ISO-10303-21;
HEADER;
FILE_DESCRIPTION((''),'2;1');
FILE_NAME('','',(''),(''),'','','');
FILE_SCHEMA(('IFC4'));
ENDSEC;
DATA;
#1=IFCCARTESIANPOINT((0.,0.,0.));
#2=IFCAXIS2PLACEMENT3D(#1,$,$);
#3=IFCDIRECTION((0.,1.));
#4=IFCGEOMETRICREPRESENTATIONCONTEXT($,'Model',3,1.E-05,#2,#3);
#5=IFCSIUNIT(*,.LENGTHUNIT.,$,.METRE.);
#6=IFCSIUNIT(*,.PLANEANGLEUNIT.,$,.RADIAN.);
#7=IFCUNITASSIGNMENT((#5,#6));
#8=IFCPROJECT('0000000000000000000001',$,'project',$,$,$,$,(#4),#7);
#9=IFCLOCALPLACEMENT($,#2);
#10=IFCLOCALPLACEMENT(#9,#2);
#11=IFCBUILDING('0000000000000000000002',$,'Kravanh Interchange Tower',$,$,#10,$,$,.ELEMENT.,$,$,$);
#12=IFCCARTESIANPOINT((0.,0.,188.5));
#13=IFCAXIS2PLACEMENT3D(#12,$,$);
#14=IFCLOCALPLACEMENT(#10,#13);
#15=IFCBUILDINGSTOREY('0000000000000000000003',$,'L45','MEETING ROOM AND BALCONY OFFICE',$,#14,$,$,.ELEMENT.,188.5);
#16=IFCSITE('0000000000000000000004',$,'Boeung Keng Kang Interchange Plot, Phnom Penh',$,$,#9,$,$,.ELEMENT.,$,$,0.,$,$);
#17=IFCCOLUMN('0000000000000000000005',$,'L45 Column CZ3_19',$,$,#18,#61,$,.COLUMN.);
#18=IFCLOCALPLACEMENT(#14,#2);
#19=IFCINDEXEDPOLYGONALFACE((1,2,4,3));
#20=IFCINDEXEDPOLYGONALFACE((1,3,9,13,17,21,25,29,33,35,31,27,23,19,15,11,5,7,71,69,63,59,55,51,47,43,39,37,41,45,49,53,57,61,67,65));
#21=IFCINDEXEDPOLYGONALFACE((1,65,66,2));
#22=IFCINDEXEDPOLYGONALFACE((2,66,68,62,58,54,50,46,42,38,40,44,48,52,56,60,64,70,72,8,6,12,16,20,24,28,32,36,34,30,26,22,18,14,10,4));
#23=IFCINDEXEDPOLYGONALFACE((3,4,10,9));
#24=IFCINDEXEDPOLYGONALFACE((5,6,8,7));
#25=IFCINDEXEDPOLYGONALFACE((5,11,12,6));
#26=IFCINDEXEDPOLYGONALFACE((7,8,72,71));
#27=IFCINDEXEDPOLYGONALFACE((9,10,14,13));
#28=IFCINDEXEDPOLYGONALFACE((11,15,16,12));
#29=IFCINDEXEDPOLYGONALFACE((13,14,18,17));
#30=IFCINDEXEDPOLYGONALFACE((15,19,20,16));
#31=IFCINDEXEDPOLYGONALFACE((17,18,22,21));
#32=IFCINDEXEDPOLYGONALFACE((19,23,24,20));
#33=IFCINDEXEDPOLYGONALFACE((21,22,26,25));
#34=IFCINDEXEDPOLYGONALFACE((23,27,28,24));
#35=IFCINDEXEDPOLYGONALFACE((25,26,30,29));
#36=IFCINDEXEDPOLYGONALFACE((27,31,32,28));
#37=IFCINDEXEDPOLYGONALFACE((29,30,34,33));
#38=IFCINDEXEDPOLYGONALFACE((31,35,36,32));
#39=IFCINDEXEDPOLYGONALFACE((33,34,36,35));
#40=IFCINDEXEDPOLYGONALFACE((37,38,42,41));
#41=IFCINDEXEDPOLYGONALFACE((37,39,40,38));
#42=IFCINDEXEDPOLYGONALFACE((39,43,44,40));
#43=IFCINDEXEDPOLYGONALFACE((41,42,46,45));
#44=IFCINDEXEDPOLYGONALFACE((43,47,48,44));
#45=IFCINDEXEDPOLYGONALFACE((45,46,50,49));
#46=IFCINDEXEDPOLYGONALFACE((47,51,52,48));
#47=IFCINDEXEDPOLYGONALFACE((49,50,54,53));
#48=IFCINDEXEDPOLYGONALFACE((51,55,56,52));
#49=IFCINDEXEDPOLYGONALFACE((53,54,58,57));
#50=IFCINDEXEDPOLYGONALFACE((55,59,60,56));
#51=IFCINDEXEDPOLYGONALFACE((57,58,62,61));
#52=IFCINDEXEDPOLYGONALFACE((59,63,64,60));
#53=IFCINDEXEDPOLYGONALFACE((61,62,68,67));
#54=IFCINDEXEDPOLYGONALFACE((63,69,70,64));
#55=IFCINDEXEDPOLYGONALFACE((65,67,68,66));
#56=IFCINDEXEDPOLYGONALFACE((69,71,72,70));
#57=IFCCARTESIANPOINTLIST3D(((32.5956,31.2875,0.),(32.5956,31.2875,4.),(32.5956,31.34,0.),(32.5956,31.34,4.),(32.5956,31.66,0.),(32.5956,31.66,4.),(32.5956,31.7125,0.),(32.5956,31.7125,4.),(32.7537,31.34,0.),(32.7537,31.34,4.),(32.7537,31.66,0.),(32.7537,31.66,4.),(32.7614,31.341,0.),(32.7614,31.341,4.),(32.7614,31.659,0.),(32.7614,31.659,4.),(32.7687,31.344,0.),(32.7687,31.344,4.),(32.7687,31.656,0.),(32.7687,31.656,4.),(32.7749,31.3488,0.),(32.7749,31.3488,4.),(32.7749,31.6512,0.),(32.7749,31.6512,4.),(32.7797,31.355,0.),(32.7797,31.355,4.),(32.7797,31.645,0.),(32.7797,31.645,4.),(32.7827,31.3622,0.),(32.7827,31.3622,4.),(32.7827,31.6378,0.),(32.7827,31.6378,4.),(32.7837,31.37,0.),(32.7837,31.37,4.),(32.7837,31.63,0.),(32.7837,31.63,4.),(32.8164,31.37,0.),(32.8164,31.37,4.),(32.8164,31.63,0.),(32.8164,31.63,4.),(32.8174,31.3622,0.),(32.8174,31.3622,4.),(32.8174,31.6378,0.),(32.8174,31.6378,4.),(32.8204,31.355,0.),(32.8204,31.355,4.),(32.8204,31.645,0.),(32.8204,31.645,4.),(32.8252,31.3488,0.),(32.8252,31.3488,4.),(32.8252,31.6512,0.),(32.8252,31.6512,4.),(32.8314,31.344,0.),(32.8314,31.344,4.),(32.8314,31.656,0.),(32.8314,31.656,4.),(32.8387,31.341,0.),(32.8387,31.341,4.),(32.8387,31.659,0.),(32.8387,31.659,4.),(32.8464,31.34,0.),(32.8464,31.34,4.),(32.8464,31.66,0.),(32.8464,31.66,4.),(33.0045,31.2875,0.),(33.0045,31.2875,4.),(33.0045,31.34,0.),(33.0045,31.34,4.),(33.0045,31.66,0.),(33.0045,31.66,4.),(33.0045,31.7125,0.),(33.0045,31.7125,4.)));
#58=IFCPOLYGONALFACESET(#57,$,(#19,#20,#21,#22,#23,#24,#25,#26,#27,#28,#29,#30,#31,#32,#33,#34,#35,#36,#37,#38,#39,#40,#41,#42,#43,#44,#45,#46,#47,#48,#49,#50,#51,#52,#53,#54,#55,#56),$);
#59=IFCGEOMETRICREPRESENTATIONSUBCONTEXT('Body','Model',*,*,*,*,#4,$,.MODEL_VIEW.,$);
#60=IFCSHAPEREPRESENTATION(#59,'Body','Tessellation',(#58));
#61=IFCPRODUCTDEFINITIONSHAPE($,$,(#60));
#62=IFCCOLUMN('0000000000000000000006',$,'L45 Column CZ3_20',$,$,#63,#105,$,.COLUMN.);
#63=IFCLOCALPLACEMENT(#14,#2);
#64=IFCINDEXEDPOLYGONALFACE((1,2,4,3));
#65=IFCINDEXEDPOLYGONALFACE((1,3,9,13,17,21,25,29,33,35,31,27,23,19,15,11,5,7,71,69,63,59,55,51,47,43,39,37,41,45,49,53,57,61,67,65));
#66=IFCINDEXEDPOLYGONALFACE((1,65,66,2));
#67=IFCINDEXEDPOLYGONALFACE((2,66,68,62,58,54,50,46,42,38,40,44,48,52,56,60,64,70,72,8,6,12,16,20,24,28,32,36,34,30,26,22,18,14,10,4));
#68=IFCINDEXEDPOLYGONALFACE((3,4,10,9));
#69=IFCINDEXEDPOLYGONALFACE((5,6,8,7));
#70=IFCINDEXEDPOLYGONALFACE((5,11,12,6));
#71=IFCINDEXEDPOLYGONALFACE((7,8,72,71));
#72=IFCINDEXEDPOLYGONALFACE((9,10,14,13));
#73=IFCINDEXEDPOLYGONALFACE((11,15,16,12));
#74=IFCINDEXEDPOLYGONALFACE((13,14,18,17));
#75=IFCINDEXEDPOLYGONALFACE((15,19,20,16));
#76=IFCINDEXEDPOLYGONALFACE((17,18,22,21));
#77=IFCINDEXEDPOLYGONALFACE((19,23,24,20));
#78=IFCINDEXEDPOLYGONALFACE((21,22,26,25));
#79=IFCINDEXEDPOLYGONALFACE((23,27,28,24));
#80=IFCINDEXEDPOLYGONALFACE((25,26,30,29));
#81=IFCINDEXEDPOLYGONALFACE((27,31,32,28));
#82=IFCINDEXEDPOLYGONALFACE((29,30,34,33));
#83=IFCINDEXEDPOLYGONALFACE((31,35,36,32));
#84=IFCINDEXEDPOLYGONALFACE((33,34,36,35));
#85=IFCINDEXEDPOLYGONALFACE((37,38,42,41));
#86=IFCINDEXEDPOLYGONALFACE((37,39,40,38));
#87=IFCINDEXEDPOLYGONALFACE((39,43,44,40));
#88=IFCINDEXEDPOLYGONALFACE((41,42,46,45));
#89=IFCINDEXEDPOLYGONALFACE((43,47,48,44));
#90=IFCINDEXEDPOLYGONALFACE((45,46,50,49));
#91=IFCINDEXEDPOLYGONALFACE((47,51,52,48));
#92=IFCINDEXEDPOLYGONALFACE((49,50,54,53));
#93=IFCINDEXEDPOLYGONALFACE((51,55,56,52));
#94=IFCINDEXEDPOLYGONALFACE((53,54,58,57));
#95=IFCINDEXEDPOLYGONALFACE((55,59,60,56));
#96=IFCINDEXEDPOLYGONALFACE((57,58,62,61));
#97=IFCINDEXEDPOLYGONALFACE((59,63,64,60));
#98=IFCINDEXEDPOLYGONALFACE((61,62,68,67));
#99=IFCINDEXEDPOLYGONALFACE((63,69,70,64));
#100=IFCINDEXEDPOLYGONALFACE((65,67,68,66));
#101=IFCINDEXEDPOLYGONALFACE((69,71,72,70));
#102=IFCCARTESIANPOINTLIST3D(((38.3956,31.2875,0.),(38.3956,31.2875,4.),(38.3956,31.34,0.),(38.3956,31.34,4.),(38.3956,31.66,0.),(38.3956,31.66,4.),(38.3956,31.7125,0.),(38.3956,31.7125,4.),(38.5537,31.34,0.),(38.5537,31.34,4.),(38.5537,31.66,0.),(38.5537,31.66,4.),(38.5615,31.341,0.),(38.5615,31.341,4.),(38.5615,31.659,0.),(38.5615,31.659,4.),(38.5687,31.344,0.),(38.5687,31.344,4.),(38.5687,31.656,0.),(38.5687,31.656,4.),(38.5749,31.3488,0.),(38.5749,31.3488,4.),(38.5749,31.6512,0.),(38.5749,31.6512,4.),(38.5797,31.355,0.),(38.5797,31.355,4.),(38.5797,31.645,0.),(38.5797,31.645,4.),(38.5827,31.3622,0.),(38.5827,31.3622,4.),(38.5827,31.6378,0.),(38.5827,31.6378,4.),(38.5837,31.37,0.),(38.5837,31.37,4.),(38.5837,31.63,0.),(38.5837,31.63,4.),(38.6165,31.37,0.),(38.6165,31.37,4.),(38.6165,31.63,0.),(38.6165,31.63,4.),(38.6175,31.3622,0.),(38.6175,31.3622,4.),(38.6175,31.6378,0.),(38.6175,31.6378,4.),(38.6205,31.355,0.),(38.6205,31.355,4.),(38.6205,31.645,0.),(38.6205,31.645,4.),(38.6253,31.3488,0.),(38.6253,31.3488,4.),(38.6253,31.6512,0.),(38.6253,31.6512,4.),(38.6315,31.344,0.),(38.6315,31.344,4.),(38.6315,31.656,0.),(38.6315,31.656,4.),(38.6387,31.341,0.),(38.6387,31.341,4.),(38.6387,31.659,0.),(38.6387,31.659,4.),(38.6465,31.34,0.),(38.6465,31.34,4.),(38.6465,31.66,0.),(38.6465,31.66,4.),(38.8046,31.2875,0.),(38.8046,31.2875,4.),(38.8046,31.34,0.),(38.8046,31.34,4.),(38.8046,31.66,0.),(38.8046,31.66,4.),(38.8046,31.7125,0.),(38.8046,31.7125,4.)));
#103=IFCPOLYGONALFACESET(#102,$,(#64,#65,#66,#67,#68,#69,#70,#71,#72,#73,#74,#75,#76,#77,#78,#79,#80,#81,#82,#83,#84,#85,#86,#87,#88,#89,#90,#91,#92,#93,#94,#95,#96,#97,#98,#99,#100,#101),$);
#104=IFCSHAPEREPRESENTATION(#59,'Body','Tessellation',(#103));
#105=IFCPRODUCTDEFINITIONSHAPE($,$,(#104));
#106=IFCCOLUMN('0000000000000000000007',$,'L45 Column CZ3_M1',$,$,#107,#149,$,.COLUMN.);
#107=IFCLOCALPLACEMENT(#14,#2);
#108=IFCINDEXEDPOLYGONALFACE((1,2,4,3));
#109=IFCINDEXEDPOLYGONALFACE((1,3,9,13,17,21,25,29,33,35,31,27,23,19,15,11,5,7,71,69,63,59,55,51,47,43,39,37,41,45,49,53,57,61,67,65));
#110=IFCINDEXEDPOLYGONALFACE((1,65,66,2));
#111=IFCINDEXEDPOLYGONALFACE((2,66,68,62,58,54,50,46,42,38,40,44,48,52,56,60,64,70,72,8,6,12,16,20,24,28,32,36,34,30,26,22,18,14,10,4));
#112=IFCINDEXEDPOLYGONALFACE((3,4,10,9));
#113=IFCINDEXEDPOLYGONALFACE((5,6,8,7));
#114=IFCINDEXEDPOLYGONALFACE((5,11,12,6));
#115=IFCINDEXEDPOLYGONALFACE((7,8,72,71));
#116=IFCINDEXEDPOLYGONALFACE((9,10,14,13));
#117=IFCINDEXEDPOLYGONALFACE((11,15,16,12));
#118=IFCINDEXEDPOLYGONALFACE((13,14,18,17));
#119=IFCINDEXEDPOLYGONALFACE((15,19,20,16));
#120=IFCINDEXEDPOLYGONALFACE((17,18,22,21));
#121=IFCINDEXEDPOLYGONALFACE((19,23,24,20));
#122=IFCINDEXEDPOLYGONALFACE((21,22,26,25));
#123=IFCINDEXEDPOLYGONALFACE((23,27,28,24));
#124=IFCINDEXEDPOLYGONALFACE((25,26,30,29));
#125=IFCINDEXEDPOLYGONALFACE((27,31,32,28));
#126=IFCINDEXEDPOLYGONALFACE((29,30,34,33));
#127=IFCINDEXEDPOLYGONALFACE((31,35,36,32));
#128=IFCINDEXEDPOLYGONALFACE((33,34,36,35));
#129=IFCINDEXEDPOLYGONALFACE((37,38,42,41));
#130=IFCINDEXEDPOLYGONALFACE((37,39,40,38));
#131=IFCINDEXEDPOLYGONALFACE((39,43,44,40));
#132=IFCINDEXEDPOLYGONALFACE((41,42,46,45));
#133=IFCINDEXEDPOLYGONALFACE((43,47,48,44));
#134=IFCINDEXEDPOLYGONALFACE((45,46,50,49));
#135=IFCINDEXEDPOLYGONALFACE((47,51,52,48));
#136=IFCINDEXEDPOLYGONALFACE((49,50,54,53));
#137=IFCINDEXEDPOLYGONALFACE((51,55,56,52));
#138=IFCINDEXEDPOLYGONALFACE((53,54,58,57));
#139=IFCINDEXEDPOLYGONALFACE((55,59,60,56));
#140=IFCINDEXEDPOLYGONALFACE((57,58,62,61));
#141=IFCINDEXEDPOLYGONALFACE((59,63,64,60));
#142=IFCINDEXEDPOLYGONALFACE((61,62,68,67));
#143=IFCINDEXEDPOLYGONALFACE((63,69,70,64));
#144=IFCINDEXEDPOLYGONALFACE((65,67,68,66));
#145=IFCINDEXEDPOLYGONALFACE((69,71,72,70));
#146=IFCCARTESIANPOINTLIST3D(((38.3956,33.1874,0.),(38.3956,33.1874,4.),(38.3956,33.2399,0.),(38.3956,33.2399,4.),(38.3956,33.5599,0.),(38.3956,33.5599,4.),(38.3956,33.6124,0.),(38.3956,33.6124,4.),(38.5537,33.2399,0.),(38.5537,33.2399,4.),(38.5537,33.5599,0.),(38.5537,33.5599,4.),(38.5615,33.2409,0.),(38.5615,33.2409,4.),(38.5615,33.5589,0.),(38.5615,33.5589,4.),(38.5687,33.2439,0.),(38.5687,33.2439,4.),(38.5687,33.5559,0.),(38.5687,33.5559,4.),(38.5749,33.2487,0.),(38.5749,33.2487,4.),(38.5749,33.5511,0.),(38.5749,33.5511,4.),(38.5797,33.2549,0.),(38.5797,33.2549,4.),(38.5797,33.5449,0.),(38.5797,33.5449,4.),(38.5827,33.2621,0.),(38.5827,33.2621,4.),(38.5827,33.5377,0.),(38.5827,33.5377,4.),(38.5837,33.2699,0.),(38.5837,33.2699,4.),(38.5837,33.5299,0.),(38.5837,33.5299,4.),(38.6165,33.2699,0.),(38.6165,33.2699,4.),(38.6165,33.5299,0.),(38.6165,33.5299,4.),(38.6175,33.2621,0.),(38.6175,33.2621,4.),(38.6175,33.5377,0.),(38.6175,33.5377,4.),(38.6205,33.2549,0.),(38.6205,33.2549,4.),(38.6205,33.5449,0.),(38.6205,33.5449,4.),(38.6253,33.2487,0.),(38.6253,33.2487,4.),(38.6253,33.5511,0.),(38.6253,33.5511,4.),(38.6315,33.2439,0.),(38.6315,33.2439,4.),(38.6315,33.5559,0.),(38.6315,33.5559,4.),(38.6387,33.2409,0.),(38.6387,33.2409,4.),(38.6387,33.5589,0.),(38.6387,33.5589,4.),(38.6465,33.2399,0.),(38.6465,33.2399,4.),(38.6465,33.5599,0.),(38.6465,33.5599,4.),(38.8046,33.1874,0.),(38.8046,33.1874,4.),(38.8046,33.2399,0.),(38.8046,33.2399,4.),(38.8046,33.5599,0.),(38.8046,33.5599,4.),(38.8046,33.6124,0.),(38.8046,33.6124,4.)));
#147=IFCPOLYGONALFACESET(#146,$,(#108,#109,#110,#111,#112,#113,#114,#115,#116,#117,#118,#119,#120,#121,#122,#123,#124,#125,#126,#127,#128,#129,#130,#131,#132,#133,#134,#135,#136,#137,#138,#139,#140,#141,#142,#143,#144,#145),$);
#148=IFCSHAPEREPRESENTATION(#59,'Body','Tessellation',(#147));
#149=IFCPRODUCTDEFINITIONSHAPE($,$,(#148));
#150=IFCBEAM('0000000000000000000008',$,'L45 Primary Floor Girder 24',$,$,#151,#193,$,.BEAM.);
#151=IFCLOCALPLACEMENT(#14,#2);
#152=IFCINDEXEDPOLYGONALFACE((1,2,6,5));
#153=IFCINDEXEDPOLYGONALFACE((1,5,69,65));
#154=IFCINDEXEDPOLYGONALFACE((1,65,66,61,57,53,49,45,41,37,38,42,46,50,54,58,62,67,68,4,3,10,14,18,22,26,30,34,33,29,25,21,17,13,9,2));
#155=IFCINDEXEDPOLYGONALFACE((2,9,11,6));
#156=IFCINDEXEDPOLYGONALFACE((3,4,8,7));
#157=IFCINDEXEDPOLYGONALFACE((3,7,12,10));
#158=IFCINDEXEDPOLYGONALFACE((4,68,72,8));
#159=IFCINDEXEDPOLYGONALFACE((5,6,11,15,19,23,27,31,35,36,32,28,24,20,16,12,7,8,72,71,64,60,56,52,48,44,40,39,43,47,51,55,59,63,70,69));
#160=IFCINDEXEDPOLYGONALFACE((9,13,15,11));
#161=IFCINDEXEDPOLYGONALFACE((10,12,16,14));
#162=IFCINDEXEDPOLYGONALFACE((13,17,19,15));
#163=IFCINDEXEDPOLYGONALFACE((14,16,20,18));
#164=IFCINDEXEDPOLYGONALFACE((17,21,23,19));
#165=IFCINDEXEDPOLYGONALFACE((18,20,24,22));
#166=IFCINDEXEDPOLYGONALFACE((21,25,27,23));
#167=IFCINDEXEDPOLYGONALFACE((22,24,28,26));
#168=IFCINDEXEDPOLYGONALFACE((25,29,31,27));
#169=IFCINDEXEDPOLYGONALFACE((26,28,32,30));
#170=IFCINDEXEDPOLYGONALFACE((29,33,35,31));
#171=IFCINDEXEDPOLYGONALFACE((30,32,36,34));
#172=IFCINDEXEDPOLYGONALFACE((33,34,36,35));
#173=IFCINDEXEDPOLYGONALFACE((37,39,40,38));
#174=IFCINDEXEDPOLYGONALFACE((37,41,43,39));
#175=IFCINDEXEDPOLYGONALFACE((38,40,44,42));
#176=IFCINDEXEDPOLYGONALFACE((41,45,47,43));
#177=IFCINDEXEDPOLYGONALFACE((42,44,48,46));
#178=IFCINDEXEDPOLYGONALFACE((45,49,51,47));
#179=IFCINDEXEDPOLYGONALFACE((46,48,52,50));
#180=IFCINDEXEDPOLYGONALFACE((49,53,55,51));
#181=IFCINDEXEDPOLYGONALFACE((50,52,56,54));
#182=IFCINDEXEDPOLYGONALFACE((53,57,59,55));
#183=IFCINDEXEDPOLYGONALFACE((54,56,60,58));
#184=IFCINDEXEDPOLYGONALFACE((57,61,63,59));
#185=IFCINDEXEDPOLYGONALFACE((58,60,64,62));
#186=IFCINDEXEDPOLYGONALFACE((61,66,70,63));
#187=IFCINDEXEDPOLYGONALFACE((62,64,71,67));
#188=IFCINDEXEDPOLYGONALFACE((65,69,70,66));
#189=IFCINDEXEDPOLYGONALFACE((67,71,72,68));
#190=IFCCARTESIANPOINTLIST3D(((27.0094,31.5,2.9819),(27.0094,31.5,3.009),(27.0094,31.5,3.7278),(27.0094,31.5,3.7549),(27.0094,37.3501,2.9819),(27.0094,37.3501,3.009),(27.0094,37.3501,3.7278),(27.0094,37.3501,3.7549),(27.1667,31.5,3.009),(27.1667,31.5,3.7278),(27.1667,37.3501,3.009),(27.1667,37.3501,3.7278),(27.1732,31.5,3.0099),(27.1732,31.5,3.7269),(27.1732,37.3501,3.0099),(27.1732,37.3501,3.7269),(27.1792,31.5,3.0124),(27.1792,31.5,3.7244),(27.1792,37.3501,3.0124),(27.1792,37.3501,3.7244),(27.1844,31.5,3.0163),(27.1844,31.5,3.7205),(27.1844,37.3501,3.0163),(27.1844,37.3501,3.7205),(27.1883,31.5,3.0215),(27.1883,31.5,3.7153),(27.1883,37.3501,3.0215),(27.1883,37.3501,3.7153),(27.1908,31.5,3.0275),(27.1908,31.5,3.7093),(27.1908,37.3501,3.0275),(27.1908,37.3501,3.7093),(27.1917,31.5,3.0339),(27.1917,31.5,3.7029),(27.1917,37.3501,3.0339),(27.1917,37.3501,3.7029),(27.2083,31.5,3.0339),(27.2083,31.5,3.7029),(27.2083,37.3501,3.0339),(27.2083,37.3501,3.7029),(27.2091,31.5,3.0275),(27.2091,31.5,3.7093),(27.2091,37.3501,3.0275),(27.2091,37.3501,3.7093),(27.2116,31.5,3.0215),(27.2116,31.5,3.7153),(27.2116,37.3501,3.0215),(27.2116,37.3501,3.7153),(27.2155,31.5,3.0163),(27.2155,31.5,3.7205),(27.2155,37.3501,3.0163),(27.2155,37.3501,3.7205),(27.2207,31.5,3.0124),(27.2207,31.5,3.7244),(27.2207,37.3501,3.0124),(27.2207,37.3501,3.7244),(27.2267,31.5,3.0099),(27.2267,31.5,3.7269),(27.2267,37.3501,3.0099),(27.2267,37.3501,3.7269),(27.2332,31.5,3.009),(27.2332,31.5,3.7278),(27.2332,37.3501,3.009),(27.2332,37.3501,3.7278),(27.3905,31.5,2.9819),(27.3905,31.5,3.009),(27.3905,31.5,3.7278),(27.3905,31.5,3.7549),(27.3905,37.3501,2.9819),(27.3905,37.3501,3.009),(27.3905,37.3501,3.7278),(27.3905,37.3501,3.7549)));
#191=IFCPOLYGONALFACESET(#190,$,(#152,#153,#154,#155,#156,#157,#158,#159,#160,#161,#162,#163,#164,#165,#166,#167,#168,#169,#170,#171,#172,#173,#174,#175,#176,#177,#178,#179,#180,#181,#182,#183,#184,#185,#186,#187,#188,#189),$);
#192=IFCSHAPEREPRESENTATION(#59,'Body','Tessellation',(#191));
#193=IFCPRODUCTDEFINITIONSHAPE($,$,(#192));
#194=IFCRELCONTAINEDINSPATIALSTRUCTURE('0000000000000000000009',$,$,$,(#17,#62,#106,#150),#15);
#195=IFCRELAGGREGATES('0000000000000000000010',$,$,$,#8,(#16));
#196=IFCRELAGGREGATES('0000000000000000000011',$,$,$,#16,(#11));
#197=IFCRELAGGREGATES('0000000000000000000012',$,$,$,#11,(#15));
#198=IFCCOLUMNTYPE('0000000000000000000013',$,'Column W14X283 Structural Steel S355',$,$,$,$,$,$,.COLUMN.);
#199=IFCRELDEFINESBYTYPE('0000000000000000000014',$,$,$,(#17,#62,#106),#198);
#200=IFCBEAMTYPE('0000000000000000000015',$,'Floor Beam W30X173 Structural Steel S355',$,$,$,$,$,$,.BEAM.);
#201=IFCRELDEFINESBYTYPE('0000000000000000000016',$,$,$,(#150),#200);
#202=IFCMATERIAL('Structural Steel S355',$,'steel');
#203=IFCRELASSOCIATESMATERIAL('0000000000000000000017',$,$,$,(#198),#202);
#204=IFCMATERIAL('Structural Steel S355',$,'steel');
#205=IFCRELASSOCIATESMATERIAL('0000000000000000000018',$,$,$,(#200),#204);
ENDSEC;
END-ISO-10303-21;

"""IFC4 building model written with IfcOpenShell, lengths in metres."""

from ifc_helpers import new_model, si_unit, direction, frame, origin, origin_2d, place, context, subcontext, project, spatial, i_section, extrude, material, material_profile, profile_set, type_object, element, save


model = new_model("IFC4")

# Units and contexts
model_context = context("Model", 3, precision=1e-05, world=origin(), true_north=direction((0.0, 1.0)))
body_context = subcontext(model_context, "Body", "Model", "MODEL_VIEW")
ifc_project = project(units=[si_unit("LENGTHUNIT", "METRE"), si_unit("PLANEANGLEUNIT", "RADIAN")], contexts=[model_context])

# Site, building, storey
site_placement = place(None, origin())
site = spatial("IfcSite", under=ifc_project, at=site_placement, Name="Boeung Keng Kang Interchange Plot, Phnom Penh", CompositionType="ELEMENT", RefElevation=0.0)
building_placement = place(site_placement, origin())
building = spatial("IfcBuilding", under=site, at=building_placement, Name="Kravanh Interchange Tower", CompositionType="ELEMENT")
storey_placement = place(building_placement, frame((0.0, 0.0, 188.5)))
storey = spatial("IfcBuildingStorey", under=building, at=storey_placement, Name="L45", Description="MEETING ROOM AND BALCONY OFFICE", CompositionType="ELEMENT", Elevation=188.5)

# Columns
ifc_material_1 = material(Name="Structural Steel S355", Category="steel")
ifc_material_profile_1 = material_profile(ifc_material_1, i_section(OverallWidth=0.4089, OverallDepth=0.425, WebThickness=0.0327, FlangeThickness=0.0525, FilletRadius=0.03, at=origin_2d()), Name="W14X283")
ifc_profile_set_1 = profile_set([ifc_material_profile_1], Name="Structural Steel S355")
column_type_1 = type_object("IfcColumnType", Name="Column W14X283 Structural Steel S355", PredefinedType="COLUMN", material=ifc_profile_set_1)
for number, where, z_axis, x_axis, name in (
    (1, (32.8, 31.5, 0.0), (0.0, 0.0, 1.0), (1.0, 0.0, 0.0), "L45 Column CZ3_19"),
    (2, (38.6001, 31.5, 0.0), (0.0, 0.0, 1.0), (1.0, 0.0, 0.0), "L45 Column CZ3_20"),
    (3, (38.6001, 33.3999, 0.0), (0.0, 0.0, 1.0), (1.0, 0.0, 0.0), "L45 Column CZ3_M1"),
):
    element("IfcColumn", number, at=place(storey_placement, frame(where, z_axis=z_axis, x_axis=x_axis)), inside=storey, type_object=column_type_1, Name=name, PredefinedType="COLUMN", context=body_context, shape_type="SweptSolid", body=[
        extrude(i_section(OverallWidth=0.4089, OverallDepth=0.425, WebThickness=0.0327, FlangeThickness=0.0525, FilletRadius=0.03, at=origin_2d()), origin(), (0.0, 0.0, 1.0), 4.0),
    ])

# Beam
ifc_material_2 = material(Name="Structural Steel S355", Category="steel")
ifc_material_profile_2 = material_profile(ifc_material_2, i_section(OverallWidth=0.3811, OverallDepth=0.7729, WebThickness=0.0166, FlangeThickness=0.0271, FilletRadius=0.0249, at=origin_2d()), Name="W30X173")
ifc_profile_set_2 = profile_set([ifc_material_profile_2], Name="Structural Steel S355")
beam_type_1 = type_object("IfcBeamType", Name="Floor Beam W30X173 Structural Steel S355", PredefinedType="BEAM", material=ifc_profile_set_2)
beam_1_placement = place(storey_placement, frame((27.2, 37.3501, 3.3684), z_axis=(0.0, -1.0, 0.0), x_axis=(1.0, 0.0, 0.0)))
element("IfcBeam", 4, at=beam_1_placement, inside=storey, type_object=beam_type_1, Name="L45 Primary Floor Girder 24", PredefinedType="BEAM", context=body_context, shape_type="SweptSolid", body=[
    extrude(i_section(OverallWidth=0.3811, OverallDepth=0.7729, WebThickness=0.0166, FlangeThickness=0.0271, FilletRadius=0.0249, at=origin_2d()), origin(), (0.0, 0.0, 1.0), 5.8501),
])

save(model, "model.ifc")
